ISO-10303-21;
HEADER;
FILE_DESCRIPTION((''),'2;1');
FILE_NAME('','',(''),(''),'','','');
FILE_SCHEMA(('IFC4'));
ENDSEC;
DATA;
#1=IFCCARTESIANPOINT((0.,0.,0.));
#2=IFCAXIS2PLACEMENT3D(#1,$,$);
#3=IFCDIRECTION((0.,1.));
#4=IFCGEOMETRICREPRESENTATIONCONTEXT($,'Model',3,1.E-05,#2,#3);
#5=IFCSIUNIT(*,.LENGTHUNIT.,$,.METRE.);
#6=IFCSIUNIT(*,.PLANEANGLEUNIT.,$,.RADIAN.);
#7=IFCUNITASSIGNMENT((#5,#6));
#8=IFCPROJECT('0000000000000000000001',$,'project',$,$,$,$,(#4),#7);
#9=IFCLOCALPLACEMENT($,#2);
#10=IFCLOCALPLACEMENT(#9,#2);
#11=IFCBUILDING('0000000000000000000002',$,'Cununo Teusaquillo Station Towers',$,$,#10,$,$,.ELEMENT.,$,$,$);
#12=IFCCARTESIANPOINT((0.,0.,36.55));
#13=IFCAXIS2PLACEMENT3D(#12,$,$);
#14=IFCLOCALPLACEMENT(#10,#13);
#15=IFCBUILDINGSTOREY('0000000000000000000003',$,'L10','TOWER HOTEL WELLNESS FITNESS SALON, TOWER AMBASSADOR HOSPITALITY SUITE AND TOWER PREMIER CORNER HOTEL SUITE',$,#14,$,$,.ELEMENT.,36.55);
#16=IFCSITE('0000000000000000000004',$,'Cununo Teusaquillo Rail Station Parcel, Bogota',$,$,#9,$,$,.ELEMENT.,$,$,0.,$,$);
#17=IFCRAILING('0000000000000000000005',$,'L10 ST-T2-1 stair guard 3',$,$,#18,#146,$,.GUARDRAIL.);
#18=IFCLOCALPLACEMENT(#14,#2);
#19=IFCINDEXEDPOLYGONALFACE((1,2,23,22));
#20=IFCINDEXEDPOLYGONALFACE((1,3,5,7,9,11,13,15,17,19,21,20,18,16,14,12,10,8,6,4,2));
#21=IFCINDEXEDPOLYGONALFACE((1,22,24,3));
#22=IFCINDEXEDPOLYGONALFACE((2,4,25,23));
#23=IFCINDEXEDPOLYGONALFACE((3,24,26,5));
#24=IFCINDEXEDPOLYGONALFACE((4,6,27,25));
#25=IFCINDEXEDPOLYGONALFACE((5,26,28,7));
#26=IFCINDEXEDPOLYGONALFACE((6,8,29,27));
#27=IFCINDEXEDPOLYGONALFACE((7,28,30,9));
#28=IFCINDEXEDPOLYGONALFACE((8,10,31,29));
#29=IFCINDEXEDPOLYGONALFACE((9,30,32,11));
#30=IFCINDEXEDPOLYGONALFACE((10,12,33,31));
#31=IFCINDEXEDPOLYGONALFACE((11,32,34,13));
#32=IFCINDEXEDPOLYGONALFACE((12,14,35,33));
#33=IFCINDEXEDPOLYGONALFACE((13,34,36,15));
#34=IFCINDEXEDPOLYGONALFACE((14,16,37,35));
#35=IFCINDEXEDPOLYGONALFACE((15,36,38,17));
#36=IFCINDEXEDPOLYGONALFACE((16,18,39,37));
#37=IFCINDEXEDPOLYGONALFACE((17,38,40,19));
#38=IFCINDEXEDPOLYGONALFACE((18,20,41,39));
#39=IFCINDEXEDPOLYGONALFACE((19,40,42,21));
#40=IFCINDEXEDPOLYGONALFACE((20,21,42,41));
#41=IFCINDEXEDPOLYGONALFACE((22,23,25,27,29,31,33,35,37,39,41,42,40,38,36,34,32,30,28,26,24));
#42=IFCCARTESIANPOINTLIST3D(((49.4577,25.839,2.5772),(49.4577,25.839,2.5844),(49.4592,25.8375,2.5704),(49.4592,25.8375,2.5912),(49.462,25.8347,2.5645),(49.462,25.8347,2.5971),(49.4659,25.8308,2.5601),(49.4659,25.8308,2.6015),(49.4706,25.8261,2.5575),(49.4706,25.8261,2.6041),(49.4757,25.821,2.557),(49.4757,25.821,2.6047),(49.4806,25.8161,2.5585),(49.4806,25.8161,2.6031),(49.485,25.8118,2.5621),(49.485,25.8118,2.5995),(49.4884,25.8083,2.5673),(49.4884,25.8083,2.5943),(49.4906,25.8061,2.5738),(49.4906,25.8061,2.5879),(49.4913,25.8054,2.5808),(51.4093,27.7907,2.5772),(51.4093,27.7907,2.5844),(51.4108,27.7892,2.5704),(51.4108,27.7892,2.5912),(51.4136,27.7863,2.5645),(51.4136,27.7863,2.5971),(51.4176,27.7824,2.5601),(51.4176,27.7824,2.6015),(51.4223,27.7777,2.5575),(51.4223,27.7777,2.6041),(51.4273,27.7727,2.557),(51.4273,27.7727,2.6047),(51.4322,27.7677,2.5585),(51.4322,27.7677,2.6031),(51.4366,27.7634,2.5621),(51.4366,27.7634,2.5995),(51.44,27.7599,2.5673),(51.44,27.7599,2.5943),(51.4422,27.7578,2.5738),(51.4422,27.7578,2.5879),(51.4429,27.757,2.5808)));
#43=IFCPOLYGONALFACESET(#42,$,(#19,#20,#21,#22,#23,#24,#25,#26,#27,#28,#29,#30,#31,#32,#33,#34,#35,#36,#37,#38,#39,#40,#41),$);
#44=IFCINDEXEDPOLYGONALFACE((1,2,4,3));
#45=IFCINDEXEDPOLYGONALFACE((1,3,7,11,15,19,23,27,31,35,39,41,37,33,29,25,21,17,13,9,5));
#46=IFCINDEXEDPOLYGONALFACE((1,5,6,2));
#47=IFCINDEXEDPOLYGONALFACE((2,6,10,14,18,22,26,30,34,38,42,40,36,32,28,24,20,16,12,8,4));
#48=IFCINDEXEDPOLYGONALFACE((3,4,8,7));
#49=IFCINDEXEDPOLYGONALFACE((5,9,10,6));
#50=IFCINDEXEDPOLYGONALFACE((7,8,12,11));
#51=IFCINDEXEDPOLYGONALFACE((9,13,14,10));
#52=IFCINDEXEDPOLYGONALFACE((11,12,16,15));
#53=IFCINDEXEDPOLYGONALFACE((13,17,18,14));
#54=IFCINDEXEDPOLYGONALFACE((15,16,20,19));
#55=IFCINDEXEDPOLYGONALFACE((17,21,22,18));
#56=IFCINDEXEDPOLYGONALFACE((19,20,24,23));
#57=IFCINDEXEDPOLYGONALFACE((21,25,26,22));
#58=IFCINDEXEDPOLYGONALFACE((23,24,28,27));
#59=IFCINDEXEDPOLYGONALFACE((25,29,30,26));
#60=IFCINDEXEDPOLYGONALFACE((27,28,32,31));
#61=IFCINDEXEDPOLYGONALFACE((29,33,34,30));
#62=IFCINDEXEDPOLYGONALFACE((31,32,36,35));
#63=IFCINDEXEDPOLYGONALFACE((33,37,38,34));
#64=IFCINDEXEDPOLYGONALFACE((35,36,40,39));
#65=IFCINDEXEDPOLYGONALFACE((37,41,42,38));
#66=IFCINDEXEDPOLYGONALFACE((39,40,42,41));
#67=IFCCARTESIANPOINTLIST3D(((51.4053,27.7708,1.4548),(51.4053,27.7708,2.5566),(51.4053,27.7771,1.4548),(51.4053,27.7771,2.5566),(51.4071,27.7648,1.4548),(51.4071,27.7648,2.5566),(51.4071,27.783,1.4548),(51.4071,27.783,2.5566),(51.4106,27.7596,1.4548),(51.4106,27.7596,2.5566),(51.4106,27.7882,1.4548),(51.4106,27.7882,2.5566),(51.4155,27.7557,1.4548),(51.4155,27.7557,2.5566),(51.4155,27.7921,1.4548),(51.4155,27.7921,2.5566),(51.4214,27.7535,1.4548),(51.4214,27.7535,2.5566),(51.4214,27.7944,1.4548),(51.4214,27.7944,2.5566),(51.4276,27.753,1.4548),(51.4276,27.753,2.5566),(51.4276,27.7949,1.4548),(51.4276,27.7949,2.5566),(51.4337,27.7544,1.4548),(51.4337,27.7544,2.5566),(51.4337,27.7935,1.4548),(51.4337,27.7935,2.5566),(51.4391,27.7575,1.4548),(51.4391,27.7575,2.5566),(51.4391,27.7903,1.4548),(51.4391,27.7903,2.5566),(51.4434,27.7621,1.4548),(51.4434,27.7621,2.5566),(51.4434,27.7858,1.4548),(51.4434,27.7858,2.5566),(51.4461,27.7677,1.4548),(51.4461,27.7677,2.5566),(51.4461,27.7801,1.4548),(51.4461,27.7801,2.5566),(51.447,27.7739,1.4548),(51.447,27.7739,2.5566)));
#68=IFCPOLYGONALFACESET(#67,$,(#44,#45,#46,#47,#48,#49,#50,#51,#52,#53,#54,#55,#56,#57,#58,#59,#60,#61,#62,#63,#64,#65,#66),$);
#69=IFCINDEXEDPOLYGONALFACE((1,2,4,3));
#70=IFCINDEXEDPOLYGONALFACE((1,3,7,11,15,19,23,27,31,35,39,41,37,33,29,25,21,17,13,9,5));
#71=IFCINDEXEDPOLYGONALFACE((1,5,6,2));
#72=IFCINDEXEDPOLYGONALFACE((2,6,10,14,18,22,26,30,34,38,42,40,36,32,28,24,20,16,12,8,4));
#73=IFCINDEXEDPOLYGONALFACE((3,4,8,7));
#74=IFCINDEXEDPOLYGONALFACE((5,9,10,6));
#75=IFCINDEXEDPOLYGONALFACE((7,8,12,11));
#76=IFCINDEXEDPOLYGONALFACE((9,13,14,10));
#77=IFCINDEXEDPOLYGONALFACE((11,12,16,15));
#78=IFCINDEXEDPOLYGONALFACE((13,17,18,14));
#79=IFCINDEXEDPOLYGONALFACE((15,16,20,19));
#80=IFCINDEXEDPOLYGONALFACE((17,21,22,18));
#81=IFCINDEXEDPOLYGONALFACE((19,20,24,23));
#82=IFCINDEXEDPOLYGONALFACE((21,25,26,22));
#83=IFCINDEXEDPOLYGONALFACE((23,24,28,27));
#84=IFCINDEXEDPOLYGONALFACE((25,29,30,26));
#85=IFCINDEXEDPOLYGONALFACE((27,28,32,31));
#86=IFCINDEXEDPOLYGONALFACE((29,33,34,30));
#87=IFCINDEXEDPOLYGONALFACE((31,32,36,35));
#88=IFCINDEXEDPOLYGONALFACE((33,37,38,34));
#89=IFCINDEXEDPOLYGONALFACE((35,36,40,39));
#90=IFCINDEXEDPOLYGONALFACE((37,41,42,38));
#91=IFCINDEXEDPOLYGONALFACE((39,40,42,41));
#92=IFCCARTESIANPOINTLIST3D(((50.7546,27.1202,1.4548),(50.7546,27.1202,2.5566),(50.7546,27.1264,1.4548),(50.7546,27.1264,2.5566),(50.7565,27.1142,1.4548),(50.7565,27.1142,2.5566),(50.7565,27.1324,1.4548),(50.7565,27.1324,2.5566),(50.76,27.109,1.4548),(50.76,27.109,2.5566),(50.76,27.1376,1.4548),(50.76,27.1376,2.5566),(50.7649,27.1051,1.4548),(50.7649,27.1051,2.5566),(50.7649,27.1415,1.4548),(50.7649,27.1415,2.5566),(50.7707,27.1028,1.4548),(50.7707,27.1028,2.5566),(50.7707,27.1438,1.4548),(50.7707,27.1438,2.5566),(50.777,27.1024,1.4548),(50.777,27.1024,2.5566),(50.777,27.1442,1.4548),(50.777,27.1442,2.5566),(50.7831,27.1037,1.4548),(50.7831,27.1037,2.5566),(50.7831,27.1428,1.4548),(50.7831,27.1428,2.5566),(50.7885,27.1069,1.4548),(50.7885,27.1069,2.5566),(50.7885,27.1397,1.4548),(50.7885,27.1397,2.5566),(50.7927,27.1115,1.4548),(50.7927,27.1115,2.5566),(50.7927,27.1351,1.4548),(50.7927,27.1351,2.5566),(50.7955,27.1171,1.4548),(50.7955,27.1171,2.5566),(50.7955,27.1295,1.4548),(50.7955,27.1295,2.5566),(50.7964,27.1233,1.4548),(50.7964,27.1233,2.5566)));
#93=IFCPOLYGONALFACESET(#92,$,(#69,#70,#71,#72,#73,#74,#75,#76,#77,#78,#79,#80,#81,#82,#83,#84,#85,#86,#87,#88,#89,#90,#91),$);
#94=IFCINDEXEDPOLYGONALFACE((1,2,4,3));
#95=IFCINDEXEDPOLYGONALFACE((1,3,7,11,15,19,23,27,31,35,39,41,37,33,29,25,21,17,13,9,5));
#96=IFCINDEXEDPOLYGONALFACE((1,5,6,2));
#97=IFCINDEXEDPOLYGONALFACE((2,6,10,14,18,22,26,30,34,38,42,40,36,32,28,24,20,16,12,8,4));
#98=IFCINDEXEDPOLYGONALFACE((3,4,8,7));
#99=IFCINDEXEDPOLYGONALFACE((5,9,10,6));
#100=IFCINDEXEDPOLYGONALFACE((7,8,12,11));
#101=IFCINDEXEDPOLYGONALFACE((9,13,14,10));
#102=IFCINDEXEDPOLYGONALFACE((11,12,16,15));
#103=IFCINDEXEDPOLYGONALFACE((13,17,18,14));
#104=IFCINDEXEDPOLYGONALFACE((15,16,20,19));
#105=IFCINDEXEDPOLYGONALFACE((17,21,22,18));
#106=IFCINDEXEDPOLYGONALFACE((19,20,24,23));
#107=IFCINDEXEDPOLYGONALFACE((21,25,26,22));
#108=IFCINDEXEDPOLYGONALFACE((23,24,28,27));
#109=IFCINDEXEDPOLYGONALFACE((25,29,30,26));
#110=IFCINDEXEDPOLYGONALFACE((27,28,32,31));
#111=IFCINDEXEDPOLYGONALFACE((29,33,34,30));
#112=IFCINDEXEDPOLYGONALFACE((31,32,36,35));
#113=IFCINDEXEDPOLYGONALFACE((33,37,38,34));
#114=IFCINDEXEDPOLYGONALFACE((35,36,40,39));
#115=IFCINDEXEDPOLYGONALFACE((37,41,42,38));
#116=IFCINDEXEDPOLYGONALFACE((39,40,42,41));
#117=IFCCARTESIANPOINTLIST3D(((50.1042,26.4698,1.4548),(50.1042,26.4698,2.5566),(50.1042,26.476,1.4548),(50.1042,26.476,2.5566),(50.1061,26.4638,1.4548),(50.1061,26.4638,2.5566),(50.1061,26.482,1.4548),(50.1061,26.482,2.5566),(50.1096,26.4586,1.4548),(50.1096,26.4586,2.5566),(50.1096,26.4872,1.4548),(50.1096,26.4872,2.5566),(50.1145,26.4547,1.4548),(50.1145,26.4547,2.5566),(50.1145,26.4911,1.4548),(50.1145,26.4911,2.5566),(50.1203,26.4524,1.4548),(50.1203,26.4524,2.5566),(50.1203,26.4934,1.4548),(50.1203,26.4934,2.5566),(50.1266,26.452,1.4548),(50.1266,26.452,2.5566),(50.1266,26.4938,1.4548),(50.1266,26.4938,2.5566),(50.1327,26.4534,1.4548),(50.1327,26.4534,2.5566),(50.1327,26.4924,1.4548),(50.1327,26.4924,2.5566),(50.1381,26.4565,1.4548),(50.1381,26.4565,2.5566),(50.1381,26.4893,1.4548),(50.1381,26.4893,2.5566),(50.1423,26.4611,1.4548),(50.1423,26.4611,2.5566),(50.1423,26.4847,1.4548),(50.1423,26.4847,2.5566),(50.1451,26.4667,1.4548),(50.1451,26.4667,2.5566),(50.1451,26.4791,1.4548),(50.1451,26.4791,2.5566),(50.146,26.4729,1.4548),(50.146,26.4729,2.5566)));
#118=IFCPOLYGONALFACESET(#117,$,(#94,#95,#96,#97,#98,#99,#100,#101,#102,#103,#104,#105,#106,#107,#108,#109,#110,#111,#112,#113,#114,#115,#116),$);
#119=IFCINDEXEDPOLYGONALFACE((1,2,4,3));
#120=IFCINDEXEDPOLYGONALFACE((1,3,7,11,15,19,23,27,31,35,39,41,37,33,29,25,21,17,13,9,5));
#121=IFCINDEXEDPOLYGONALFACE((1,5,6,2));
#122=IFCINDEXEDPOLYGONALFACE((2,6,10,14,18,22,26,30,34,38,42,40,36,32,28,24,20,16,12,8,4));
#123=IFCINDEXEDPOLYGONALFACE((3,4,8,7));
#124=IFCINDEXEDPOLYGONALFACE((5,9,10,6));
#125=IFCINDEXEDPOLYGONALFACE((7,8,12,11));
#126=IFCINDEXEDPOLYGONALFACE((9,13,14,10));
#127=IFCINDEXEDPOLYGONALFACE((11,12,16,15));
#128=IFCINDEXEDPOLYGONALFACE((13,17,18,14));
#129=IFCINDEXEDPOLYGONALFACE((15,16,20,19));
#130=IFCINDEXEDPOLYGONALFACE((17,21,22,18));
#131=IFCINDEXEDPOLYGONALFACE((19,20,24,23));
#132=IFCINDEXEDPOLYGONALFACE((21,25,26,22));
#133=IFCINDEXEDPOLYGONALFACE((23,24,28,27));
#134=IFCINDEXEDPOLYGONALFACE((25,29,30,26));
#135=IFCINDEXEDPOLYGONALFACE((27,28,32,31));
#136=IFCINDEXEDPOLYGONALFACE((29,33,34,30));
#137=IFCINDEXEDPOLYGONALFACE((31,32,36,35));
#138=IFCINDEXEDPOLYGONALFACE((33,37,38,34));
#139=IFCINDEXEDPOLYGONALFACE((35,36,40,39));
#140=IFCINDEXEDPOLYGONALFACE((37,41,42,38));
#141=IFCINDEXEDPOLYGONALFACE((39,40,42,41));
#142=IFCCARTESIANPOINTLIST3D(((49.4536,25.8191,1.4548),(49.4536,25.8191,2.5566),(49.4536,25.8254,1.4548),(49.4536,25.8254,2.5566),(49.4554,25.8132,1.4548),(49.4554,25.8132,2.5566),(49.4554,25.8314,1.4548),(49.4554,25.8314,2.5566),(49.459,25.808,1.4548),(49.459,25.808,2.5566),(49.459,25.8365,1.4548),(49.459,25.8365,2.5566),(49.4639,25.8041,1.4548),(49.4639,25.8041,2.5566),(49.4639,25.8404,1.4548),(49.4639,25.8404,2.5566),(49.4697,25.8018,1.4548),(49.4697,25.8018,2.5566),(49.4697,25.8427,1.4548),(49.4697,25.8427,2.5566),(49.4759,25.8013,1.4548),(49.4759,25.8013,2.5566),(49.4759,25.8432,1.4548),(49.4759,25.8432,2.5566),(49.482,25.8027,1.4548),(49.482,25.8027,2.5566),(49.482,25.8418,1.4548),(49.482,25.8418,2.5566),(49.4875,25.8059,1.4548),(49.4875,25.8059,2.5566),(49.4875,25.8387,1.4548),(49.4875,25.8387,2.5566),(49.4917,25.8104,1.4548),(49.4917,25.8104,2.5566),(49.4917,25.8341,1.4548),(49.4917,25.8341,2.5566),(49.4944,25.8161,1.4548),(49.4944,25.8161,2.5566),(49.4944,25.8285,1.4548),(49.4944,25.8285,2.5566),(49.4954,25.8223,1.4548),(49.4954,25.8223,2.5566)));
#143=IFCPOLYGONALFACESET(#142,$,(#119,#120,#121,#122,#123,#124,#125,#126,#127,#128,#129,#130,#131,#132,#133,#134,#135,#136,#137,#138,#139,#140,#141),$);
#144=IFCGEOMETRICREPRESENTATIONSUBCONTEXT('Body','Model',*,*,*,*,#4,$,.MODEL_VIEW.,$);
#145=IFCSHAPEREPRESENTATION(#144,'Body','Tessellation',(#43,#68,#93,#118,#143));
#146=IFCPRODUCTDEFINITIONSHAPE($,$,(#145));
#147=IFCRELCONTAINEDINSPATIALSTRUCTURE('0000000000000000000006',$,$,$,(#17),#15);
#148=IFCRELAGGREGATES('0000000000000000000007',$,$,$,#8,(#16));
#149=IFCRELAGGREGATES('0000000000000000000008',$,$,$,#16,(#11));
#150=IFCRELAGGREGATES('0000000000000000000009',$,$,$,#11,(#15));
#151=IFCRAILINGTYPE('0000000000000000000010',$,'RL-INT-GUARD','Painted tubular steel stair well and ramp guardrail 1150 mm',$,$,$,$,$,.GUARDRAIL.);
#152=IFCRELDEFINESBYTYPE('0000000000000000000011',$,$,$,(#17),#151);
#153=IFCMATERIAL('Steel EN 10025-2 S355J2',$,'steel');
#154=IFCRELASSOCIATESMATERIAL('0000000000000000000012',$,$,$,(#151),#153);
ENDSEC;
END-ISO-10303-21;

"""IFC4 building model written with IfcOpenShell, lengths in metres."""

from ifc_helpers import new_model, si_unit, direction, frame, origin, origin_2d, place, context, subcontext, project, spatial, circle, extrude, material, type_object, element, save


model = new_model("IFC4")

# Units and contexts
model_context = context("Model", 3, precision=1e-05, world=origin(), true_north=direction((0.0, 1.0)))
body_context = subcontext(model_context, "Body", "Model", "MODEL_VIEW")
ifc_project = project(units=[si_unit("LENGTHUNIT", "METRE"), si_unit("PLANEANGLEUNIT", "RADIAN")], contexts=[model_context])

# Site, building, storey
site_placement = place(None, origin())
site = spatial("IfcSite", under=ifc_project, at=site_placement, Name="Cununo Teusaquillo Rail Station Parcel, Bogota", CompositionType="ELEMENT", RefElevation=0.0)
building_placement = place(site_placement, origin())
building = spatial("IfcBuilding", under=site, at=building_placement, Name="Cununo Teusaquillo Station Towers", CompositionType="ELEMENT")
storey_placement = place(building_placement, frame((0.0, 0.0, 36.55)))
storey = spatial("IfcBuildingStorey", under=building, at=storey_placement, Name="L10", Description="TOWER HOTEL WELLNESS FITNESS SALON, TOWER AMBASSADOR HOSPITALITY SUITE AND TOWER PREMIER CORNER HOTEL SUITE", CompositionType="ELEMENT", Elevation=36.55)

# Railing
ifc_material_1 = material(Name="Steel EN 10025-2 S355J2", Category="steel")
railing_type = type_object("IfcRailingType", Name="RL-INT-GUARD", Description="Painted tubular steel stair well and ramp guardrail 1150 mm", PredefinedType="GUARDRAIL", material=ifc_material_1)
railing_1_placement = place(storey_placement, frame((51.426, 27.7739, 1.4548)))
element("IfcRailing", 1, at=railing_1_placement, inside=storey, type_object=railing_type, Name="L10 ST-T2-1 stair guard 3", PredefinedType="GUARDRAIL", context=body_context, shape_type="SweptSolid", body=[
    extrude(circle(Radius=0.0239, at=origin_2d()), frame((0.0, 0.0, 1.126), z_axis=(-0.707107, -0.707107, 0.0), x_axis=(0.707107, -0.707107, 0.0)), (0.0, 0.0, 1.0), 2.76),
    extrude(circle(Radius=0.021, at=origin_2d()), origin(), (0.0, 0.0, 1.0), 1.1018),
    extrude(circle(Radius=0.021, at=origin_2d()), frame((-0.6506, -0.6506, 0.0)), (0.0, 0.0, 1.0), 1.1018),
    extrude(circle(Radius=0.021, at=origin_2d()), frame((-1.301, -1.301, 0.0)), (0.0, 0.0, 1.0), 1.1018),
    extrude(circle(Radius=0.021, at=origin_2d()), frame((-1.9517, -1.9517, 0.0)), (0.0, 0.0, 1.0), 1.1018),
])

save(model, "model.ifc")
